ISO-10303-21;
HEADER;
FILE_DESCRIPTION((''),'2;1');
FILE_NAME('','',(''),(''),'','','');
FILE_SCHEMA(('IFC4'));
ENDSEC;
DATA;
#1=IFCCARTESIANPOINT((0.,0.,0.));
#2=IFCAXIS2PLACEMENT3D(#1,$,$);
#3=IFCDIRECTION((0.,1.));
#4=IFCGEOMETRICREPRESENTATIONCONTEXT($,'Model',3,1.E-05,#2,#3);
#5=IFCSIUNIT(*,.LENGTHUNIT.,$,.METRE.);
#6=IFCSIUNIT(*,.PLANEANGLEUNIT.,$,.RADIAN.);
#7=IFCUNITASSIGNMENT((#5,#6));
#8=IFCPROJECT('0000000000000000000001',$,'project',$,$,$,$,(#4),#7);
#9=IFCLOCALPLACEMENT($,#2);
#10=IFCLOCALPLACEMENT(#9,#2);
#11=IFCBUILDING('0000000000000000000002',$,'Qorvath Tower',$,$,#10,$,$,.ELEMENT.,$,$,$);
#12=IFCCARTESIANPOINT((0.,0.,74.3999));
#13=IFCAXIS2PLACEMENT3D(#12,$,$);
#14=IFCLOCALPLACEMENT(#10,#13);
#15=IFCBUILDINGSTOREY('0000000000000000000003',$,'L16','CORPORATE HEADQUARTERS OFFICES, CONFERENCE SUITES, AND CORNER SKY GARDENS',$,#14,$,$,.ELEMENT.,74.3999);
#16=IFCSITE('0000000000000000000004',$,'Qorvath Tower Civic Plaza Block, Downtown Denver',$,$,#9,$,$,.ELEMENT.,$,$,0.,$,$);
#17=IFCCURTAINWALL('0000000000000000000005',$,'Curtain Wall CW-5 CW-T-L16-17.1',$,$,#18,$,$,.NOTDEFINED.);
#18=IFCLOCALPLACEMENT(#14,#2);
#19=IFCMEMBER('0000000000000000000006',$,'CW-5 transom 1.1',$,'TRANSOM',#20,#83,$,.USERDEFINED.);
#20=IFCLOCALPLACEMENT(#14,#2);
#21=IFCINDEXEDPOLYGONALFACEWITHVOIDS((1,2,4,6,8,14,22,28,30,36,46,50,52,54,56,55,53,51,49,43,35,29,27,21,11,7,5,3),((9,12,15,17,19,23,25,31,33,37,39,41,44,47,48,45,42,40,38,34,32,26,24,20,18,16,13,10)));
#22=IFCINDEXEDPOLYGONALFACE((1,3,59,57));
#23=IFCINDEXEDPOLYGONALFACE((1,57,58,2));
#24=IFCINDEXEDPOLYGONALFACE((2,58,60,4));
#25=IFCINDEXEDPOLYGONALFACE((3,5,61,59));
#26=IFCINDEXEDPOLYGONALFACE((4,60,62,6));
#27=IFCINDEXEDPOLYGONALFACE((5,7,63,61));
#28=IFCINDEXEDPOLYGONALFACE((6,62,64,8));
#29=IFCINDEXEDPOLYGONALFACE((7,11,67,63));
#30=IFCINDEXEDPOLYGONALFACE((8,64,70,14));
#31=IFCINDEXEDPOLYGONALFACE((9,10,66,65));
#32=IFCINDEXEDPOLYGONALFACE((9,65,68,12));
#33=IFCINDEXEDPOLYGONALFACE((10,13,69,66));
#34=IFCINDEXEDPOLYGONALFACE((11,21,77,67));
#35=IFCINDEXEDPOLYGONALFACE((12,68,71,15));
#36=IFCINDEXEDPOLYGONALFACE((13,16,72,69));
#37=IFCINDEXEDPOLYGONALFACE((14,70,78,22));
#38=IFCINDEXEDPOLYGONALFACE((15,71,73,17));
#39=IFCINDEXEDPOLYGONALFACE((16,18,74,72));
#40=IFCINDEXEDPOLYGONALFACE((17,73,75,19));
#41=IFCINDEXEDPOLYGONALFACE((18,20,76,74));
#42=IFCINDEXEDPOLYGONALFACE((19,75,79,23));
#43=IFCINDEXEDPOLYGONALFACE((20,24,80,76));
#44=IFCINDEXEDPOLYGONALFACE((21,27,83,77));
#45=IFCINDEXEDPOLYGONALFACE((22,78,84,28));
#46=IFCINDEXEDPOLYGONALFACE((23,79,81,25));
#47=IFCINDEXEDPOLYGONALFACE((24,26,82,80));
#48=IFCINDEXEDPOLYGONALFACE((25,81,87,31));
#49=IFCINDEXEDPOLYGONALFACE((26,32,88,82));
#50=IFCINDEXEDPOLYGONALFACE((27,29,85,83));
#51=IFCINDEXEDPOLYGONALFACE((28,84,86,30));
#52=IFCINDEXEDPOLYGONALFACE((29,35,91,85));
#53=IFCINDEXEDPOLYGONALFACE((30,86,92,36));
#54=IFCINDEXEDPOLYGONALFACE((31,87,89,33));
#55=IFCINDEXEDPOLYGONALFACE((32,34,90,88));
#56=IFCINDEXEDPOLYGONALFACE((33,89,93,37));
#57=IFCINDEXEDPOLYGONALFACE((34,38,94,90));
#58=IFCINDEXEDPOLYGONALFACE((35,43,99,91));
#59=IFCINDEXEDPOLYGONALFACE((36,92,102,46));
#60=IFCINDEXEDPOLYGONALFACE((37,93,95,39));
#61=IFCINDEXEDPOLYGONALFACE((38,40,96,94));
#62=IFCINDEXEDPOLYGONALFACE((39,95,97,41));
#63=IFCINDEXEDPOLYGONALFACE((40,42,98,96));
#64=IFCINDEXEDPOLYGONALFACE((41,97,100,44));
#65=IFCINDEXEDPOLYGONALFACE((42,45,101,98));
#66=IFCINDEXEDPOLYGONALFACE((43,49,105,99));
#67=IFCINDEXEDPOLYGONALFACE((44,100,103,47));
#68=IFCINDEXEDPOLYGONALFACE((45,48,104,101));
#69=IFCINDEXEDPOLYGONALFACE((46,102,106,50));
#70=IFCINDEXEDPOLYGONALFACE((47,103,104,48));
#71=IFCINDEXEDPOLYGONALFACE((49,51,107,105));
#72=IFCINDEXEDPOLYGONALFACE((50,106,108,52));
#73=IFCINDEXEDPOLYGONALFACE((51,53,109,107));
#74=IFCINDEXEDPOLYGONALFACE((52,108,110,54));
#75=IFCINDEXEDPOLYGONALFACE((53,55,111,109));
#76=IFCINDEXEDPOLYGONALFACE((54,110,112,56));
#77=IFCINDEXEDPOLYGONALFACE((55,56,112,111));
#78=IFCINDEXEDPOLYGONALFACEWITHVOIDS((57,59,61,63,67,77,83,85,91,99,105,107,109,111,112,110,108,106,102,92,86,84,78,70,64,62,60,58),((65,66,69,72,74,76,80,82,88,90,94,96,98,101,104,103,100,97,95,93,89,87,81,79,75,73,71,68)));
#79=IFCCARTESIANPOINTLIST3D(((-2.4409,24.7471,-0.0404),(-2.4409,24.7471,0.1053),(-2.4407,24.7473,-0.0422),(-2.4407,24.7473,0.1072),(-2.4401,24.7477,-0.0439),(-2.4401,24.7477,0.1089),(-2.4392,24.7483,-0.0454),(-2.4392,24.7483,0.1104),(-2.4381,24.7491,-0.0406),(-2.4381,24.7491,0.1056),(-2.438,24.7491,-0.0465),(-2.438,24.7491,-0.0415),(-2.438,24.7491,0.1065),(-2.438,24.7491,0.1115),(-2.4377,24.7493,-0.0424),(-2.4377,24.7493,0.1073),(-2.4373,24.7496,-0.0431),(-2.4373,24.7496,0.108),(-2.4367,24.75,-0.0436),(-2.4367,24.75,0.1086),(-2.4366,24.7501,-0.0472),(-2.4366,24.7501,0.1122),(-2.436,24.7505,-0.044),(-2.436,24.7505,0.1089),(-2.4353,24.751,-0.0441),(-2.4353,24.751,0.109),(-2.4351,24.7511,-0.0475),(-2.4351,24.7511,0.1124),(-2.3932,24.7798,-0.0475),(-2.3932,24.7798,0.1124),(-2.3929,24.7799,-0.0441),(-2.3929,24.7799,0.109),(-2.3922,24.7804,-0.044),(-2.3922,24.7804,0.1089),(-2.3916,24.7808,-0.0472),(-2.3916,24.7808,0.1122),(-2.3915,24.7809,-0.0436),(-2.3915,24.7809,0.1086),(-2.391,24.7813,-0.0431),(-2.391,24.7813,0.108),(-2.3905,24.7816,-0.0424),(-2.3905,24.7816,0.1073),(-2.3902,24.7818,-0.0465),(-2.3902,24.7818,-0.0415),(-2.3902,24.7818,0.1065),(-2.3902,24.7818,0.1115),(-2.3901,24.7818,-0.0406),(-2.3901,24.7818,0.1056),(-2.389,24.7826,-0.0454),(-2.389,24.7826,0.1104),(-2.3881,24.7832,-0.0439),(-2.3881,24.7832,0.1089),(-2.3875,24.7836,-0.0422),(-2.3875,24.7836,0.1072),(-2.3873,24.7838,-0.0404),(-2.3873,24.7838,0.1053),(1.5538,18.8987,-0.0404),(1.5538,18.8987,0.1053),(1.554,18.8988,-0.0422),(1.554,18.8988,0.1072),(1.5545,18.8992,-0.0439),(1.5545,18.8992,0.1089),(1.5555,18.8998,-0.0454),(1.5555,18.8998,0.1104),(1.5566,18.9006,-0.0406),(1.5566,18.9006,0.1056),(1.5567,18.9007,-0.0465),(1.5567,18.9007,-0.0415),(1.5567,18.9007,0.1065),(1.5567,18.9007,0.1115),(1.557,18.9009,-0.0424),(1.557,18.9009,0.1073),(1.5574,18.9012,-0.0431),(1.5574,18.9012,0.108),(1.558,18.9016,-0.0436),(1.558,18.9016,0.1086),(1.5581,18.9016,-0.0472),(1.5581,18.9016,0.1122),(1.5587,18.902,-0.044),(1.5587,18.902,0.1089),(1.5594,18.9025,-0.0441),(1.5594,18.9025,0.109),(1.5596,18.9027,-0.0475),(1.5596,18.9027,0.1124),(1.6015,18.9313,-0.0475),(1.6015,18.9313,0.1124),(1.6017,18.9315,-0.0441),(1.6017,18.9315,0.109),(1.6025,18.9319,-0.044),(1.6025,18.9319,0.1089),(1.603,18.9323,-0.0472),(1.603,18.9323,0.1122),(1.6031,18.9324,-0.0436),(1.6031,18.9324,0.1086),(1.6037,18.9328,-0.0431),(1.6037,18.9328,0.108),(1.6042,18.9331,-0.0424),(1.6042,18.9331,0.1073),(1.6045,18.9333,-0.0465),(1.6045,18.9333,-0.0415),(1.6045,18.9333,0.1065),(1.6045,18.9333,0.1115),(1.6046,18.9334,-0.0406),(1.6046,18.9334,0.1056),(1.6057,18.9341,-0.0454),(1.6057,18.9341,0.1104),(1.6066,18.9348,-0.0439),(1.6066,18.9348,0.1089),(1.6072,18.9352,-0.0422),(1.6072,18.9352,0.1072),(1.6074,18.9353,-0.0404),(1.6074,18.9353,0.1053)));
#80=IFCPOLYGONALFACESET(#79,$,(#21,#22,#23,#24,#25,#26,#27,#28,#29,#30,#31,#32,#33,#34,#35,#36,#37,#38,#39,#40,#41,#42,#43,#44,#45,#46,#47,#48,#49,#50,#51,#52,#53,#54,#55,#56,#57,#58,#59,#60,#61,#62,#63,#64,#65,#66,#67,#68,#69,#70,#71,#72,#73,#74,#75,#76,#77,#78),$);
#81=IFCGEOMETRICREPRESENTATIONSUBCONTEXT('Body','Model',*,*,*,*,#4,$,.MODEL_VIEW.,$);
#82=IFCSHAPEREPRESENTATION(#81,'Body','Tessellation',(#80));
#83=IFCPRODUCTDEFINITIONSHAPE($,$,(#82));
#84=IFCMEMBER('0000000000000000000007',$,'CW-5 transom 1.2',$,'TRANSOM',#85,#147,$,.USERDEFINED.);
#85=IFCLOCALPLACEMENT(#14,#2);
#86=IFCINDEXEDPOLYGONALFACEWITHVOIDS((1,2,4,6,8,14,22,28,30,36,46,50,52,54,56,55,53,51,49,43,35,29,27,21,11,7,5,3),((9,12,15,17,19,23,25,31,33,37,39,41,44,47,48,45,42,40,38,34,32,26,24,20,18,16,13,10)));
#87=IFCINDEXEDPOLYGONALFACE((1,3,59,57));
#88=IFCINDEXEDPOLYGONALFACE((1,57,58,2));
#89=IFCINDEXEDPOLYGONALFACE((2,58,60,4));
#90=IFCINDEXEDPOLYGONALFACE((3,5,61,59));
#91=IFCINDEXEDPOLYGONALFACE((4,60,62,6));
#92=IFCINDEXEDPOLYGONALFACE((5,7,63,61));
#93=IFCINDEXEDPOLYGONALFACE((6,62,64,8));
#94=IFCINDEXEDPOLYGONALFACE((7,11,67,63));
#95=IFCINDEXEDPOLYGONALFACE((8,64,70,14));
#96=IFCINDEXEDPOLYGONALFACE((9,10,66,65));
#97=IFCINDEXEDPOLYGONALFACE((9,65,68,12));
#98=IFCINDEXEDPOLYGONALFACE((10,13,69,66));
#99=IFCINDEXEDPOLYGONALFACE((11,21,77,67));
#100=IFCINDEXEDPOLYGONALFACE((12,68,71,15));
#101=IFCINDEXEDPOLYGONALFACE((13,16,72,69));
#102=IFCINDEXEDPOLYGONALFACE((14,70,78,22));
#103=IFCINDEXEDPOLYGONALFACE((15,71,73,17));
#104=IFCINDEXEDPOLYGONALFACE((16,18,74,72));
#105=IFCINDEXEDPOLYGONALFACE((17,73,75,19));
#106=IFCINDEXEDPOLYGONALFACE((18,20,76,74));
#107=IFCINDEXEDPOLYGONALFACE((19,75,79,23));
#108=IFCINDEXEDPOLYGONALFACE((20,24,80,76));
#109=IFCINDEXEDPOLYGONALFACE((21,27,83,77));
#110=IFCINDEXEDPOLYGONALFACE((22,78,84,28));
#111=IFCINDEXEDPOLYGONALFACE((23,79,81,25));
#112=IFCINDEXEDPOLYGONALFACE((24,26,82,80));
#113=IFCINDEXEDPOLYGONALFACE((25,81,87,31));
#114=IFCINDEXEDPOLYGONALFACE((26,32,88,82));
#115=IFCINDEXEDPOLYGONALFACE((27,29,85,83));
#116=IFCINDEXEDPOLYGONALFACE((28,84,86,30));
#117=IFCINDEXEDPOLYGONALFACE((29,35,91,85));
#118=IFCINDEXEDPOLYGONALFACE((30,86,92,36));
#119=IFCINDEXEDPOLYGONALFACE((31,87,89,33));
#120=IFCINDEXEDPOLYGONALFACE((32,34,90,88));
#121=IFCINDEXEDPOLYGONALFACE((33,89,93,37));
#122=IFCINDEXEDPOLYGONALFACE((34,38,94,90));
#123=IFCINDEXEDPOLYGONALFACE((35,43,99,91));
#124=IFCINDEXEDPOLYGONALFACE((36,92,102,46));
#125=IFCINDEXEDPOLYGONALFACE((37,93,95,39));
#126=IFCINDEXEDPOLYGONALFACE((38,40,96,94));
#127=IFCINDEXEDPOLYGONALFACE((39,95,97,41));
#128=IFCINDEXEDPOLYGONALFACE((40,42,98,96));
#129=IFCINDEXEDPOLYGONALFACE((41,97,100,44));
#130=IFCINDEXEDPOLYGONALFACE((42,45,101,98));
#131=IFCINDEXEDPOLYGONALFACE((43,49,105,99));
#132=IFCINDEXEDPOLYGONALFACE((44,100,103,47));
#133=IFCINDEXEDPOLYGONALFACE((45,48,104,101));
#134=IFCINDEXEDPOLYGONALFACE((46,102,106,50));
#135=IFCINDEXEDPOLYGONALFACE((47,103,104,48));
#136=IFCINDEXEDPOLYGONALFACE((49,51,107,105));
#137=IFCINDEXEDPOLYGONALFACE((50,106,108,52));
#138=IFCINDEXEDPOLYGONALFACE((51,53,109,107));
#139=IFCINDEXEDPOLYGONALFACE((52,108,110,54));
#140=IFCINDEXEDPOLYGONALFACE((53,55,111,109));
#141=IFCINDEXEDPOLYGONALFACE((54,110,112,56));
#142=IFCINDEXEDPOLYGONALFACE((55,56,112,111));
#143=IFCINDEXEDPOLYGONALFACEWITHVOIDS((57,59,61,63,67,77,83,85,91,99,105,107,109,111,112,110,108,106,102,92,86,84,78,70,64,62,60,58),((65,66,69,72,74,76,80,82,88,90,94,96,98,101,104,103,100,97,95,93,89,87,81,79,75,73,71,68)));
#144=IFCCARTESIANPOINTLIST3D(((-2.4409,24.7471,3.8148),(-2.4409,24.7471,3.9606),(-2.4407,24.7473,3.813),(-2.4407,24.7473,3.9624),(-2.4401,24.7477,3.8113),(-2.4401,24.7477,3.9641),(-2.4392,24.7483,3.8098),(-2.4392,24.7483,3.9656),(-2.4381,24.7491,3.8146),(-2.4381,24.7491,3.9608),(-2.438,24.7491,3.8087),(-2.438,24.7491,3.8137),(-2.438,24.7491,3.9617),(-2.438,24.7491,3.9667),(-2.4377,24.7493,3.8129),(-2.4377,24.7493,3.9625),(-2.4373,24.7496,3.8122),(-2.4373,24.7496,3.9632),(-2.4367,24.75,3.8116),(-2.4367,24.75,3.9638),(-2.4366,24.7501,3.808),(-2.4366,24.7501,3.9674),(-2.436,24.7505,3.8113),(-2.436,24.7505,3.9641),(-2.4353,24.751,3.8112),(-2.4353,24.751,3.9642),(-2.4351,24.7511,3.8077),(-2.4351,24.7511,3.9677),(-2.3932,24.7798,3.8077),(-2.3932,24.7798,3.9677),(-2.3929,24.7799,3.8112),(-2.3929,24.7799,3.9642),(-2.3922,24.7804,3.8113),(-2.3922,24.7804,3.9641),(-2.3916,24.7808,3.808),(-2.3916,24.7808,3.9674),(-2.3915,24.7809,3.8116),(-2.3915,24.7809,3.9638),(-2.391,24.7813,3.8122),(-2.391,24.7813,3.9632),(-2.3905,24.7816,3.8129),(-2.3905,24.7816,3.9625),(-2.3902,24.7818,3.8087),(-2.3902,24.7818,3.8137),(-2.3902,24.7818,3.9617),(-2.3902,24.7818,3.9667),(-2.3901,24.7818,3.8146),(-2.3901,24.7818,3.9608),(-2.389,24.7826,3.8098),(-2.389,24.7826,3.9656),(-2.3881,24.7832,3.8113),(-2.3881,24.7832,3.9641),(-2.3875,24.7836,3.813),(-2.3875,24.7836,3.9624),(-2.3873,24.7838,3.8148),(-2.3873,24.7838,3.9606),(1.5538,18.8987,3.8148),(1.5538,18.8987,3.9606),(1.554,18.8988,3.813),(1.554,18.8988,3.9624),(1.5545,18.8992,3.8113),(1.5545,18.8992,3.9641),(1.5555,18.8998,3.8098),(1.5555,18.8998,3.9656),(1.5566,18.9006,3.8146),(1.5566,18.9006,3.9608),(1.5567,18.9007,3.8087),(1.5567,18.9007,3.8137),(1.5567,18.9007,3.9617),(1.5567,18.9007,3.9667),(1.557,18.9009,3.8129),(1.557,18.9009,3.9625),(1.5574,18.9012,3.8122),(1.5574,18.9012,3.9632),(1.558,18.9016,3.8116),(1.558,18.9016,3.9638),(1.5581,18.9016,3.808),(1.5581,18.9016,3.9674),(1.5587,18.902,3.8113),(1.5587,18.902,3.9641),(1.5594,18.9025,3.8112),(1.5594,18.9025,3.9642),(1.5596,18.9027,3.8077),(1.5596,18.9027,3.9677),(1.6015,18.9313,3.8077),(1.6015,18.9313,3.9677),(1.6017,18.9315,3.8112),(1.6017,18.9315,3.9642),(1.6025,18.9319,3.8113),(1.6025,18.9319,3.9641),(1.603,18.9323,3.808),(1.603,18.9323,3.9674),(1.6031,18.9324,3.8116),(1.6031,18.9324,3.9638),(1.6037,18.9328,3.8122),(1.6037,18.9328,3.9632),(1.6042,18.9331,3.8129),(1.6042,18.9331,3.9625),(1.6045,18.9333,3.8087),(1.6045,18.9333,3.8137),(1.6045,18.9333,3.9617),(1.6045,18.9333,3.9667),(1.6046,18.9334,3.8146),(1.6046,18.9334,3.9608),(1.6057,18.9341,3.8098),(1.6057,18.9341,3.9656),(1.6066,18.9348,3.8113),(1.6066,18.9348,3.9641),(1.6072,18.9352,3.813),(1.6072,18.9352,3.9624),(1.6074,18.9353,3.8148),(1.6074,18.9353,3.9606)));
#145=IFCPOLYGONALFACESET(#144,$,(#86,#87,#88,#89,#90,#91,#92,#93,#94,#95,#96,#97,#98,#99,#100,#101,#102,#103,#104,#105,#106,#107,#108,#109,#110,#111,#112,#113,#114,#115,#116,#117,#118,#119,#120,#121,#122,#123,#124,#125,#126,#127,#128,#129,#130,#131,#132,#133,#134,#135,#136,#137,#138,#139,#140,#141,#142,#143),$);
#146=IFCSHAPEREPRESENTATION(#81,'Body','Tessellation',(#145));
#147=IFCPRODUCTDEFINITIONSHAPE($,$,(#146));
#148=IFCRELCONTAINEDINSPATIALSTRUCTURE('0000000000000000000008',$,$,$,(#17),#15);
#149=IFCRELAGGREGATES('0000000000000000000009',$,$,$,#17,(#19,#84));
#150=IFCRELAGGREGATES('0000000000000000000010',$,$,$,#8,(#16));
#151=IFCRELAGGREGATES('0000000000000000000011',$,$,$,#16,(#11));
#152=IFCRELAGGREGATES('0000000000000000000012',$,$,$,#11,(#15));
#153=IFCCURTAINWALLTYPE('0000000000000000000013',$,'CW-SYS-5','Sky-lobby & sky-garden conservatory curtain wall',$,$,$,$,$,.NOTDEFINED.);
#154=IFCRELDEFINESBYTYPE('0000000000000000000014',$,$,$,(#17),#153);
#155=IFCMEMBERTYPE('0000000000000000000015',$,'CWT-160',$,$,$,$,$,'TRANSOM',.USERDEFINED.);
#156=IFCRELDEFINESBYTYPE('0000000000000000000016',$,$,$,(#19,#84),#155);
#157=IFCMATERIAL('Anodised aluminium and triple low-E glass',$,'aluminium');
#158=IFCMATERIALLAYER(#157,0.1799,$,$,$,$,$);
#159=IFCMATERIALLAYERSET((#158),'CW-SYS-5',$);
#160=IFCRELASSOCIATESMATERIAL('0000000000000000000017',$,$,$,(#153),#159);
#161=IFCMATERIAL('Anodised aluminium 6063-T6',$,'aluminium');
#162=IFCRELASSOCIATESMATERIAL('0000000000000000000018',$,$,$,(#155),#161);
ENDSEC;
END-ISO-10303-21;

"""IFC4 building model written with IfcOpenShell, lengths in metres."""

from ifc_helpers import new_model, si_unit, direction, frame, origin, origin_2d, place, context, subcontext, project, spatial, hollow_rectangle, extrude, material, layer, layer_set, material_profile, profile_set, type_object, element, aggregate, save


model = new_model("IFC4")

# Units and contexts
model_context = context("Model", 3, precision=1e-05, world=origin(), true_north=direction((0.0, 1.0)))
body_context = subcontext(model_context, "Body", "Model", "MODEL_VIEW")
ifc_project = project(units=[si_unit("LENGTHUNIT", "METRE"), si_unit("PLANEANGLEUNIT", "RADIAN")], contexts=[model_context])

# Site, building, storey
site_placement = place(None, origin())
site = spatial("IfcSite", under=ifc_project, at=site_placement, Name="Qorvath Tower Civic Plaza Block, Downtown Denver", CompositionType="ELEMENT", RefElevation=0.0)
building_placement = place(site_placement, origin())
building = spatial("IfcBuilding", under=site, at=building_placement, Name="Qorvath Tower", CompositionType="ELEMENT")
storey_placement = place(building_placement, frame((0.0, 0.0, 74.3999)))
storey = spatial("IfcBuildingStorey", under=building, at=storey_placement, Name="L16", Description="CORPORATE HEADQUARTERS OFFICES, CONFERENCE SUITES, AND CORNER SKY GARDENS", CompositionType="ELEMENT", Elevation=74.3999)

# Shared definitions
ifc_material_1 = material(Name="Anodised aluminium and triple low-E glass", Category="aluminium")
ifc_layer_1 = layer(ifc_material_1, 0.1799)
ifc_layer_set_1 = layer_set([ifc_layer_1], Name="CW-SYS-5")
curtain_wall_type = type_object("IfcCurtainWallType", Name="CW-SYS-5", Description="Sky-lobby & sky-garden conservatory curtain wall", PredefinedType="NOTDEFINED", material=ifc_layer_set_1)

# Curtain wall
curtain_wall_1_placement = place(storey_placement, origin())
curtain_wall_1 = element("IfcCurtainWall", 1, at=curtain_wall_1_placement, inside=storey, type_object=curtain_wall_type, Name="Curtain Wall CW-5 CW-T-L16-17.1", PredefinedType="NOTDEFINED")

# Members
ifc_material_2 = material(Name="Anodised aluminium 6063-T6", Category="aluminium")
ifc_material_profile_1 = material_profile(ifc_material_2, hollow_rectangle(XDim=0.0649, YDim=0.1599, WallThickness=0.0034, InnerFilletRadius=0.0034, OuterFilletRadius=0.0071, at=origin_2d()), Name="CWT 160x65")
ifc_profile_set_1 = profile_set([ifc_material_profile_1], Name="Anodised aluminium 6063-T6")
member_type_1 = type_object("IfcMemberType", Name="CWT-160", ElementType="TRANSOM", PredefinedType="USERDEFINED", material=ifc_profile_set_1)
member_1_placement = place(storey_placement, frame((1.5806, 18.917, 0.0325), z_axis=(-0.56402, 0.825761, 0.0), x_axis=(-0.825761, -0.56402, 0.0)))
member_1 = element("IfcMember", 2, at=member_1_placement, type_object=member_type_1, Name="CW-5 transom 1.1", ObjectType="TRANSOM", PredefinedType="USERDEFINED", context=body_context, shape_type="SweptSolid", body=[
    extrude(hollow_rectangle(XDim=0.0649, YDim=0.1599, WallThickness=0.0034, InnerFilletRadius=0.0034, OuterFilletRadius=0.0071, at=origin_2d()), origin(), (0.0, 0.0, 1.0), 7.0825),
])
member_2_placement = place(storey_placement, frame((1.5806, 18.917, 3.8877), z_axis=(-0.56402, 0.825761, 0.0), x_axis=(-0.825761, -0.56402, 0.0)))
member_2 = element("IfcMember", 3, at=member_2_placement, type_object=member_type_1, Name="CW-5 transom 1.2", ObjectType="TRANSOM", PredefinedType="USERDEFINED", context=body_context, shape_type="SweptSolid", body=[
    extrude(hollow_rectangle(XDim=0.0649, YDim=0.1599, WallThickness=0.0034, InnerFilletRadius=0.0034, OuterFilletRadius=0.0071, at=origin_2d()), origin(), (0.0, 0.0, 1.0), 7.0825),
])

aggregate(curtain_wall_1, [member_1, member_2])

save(model, "model.ifc")
